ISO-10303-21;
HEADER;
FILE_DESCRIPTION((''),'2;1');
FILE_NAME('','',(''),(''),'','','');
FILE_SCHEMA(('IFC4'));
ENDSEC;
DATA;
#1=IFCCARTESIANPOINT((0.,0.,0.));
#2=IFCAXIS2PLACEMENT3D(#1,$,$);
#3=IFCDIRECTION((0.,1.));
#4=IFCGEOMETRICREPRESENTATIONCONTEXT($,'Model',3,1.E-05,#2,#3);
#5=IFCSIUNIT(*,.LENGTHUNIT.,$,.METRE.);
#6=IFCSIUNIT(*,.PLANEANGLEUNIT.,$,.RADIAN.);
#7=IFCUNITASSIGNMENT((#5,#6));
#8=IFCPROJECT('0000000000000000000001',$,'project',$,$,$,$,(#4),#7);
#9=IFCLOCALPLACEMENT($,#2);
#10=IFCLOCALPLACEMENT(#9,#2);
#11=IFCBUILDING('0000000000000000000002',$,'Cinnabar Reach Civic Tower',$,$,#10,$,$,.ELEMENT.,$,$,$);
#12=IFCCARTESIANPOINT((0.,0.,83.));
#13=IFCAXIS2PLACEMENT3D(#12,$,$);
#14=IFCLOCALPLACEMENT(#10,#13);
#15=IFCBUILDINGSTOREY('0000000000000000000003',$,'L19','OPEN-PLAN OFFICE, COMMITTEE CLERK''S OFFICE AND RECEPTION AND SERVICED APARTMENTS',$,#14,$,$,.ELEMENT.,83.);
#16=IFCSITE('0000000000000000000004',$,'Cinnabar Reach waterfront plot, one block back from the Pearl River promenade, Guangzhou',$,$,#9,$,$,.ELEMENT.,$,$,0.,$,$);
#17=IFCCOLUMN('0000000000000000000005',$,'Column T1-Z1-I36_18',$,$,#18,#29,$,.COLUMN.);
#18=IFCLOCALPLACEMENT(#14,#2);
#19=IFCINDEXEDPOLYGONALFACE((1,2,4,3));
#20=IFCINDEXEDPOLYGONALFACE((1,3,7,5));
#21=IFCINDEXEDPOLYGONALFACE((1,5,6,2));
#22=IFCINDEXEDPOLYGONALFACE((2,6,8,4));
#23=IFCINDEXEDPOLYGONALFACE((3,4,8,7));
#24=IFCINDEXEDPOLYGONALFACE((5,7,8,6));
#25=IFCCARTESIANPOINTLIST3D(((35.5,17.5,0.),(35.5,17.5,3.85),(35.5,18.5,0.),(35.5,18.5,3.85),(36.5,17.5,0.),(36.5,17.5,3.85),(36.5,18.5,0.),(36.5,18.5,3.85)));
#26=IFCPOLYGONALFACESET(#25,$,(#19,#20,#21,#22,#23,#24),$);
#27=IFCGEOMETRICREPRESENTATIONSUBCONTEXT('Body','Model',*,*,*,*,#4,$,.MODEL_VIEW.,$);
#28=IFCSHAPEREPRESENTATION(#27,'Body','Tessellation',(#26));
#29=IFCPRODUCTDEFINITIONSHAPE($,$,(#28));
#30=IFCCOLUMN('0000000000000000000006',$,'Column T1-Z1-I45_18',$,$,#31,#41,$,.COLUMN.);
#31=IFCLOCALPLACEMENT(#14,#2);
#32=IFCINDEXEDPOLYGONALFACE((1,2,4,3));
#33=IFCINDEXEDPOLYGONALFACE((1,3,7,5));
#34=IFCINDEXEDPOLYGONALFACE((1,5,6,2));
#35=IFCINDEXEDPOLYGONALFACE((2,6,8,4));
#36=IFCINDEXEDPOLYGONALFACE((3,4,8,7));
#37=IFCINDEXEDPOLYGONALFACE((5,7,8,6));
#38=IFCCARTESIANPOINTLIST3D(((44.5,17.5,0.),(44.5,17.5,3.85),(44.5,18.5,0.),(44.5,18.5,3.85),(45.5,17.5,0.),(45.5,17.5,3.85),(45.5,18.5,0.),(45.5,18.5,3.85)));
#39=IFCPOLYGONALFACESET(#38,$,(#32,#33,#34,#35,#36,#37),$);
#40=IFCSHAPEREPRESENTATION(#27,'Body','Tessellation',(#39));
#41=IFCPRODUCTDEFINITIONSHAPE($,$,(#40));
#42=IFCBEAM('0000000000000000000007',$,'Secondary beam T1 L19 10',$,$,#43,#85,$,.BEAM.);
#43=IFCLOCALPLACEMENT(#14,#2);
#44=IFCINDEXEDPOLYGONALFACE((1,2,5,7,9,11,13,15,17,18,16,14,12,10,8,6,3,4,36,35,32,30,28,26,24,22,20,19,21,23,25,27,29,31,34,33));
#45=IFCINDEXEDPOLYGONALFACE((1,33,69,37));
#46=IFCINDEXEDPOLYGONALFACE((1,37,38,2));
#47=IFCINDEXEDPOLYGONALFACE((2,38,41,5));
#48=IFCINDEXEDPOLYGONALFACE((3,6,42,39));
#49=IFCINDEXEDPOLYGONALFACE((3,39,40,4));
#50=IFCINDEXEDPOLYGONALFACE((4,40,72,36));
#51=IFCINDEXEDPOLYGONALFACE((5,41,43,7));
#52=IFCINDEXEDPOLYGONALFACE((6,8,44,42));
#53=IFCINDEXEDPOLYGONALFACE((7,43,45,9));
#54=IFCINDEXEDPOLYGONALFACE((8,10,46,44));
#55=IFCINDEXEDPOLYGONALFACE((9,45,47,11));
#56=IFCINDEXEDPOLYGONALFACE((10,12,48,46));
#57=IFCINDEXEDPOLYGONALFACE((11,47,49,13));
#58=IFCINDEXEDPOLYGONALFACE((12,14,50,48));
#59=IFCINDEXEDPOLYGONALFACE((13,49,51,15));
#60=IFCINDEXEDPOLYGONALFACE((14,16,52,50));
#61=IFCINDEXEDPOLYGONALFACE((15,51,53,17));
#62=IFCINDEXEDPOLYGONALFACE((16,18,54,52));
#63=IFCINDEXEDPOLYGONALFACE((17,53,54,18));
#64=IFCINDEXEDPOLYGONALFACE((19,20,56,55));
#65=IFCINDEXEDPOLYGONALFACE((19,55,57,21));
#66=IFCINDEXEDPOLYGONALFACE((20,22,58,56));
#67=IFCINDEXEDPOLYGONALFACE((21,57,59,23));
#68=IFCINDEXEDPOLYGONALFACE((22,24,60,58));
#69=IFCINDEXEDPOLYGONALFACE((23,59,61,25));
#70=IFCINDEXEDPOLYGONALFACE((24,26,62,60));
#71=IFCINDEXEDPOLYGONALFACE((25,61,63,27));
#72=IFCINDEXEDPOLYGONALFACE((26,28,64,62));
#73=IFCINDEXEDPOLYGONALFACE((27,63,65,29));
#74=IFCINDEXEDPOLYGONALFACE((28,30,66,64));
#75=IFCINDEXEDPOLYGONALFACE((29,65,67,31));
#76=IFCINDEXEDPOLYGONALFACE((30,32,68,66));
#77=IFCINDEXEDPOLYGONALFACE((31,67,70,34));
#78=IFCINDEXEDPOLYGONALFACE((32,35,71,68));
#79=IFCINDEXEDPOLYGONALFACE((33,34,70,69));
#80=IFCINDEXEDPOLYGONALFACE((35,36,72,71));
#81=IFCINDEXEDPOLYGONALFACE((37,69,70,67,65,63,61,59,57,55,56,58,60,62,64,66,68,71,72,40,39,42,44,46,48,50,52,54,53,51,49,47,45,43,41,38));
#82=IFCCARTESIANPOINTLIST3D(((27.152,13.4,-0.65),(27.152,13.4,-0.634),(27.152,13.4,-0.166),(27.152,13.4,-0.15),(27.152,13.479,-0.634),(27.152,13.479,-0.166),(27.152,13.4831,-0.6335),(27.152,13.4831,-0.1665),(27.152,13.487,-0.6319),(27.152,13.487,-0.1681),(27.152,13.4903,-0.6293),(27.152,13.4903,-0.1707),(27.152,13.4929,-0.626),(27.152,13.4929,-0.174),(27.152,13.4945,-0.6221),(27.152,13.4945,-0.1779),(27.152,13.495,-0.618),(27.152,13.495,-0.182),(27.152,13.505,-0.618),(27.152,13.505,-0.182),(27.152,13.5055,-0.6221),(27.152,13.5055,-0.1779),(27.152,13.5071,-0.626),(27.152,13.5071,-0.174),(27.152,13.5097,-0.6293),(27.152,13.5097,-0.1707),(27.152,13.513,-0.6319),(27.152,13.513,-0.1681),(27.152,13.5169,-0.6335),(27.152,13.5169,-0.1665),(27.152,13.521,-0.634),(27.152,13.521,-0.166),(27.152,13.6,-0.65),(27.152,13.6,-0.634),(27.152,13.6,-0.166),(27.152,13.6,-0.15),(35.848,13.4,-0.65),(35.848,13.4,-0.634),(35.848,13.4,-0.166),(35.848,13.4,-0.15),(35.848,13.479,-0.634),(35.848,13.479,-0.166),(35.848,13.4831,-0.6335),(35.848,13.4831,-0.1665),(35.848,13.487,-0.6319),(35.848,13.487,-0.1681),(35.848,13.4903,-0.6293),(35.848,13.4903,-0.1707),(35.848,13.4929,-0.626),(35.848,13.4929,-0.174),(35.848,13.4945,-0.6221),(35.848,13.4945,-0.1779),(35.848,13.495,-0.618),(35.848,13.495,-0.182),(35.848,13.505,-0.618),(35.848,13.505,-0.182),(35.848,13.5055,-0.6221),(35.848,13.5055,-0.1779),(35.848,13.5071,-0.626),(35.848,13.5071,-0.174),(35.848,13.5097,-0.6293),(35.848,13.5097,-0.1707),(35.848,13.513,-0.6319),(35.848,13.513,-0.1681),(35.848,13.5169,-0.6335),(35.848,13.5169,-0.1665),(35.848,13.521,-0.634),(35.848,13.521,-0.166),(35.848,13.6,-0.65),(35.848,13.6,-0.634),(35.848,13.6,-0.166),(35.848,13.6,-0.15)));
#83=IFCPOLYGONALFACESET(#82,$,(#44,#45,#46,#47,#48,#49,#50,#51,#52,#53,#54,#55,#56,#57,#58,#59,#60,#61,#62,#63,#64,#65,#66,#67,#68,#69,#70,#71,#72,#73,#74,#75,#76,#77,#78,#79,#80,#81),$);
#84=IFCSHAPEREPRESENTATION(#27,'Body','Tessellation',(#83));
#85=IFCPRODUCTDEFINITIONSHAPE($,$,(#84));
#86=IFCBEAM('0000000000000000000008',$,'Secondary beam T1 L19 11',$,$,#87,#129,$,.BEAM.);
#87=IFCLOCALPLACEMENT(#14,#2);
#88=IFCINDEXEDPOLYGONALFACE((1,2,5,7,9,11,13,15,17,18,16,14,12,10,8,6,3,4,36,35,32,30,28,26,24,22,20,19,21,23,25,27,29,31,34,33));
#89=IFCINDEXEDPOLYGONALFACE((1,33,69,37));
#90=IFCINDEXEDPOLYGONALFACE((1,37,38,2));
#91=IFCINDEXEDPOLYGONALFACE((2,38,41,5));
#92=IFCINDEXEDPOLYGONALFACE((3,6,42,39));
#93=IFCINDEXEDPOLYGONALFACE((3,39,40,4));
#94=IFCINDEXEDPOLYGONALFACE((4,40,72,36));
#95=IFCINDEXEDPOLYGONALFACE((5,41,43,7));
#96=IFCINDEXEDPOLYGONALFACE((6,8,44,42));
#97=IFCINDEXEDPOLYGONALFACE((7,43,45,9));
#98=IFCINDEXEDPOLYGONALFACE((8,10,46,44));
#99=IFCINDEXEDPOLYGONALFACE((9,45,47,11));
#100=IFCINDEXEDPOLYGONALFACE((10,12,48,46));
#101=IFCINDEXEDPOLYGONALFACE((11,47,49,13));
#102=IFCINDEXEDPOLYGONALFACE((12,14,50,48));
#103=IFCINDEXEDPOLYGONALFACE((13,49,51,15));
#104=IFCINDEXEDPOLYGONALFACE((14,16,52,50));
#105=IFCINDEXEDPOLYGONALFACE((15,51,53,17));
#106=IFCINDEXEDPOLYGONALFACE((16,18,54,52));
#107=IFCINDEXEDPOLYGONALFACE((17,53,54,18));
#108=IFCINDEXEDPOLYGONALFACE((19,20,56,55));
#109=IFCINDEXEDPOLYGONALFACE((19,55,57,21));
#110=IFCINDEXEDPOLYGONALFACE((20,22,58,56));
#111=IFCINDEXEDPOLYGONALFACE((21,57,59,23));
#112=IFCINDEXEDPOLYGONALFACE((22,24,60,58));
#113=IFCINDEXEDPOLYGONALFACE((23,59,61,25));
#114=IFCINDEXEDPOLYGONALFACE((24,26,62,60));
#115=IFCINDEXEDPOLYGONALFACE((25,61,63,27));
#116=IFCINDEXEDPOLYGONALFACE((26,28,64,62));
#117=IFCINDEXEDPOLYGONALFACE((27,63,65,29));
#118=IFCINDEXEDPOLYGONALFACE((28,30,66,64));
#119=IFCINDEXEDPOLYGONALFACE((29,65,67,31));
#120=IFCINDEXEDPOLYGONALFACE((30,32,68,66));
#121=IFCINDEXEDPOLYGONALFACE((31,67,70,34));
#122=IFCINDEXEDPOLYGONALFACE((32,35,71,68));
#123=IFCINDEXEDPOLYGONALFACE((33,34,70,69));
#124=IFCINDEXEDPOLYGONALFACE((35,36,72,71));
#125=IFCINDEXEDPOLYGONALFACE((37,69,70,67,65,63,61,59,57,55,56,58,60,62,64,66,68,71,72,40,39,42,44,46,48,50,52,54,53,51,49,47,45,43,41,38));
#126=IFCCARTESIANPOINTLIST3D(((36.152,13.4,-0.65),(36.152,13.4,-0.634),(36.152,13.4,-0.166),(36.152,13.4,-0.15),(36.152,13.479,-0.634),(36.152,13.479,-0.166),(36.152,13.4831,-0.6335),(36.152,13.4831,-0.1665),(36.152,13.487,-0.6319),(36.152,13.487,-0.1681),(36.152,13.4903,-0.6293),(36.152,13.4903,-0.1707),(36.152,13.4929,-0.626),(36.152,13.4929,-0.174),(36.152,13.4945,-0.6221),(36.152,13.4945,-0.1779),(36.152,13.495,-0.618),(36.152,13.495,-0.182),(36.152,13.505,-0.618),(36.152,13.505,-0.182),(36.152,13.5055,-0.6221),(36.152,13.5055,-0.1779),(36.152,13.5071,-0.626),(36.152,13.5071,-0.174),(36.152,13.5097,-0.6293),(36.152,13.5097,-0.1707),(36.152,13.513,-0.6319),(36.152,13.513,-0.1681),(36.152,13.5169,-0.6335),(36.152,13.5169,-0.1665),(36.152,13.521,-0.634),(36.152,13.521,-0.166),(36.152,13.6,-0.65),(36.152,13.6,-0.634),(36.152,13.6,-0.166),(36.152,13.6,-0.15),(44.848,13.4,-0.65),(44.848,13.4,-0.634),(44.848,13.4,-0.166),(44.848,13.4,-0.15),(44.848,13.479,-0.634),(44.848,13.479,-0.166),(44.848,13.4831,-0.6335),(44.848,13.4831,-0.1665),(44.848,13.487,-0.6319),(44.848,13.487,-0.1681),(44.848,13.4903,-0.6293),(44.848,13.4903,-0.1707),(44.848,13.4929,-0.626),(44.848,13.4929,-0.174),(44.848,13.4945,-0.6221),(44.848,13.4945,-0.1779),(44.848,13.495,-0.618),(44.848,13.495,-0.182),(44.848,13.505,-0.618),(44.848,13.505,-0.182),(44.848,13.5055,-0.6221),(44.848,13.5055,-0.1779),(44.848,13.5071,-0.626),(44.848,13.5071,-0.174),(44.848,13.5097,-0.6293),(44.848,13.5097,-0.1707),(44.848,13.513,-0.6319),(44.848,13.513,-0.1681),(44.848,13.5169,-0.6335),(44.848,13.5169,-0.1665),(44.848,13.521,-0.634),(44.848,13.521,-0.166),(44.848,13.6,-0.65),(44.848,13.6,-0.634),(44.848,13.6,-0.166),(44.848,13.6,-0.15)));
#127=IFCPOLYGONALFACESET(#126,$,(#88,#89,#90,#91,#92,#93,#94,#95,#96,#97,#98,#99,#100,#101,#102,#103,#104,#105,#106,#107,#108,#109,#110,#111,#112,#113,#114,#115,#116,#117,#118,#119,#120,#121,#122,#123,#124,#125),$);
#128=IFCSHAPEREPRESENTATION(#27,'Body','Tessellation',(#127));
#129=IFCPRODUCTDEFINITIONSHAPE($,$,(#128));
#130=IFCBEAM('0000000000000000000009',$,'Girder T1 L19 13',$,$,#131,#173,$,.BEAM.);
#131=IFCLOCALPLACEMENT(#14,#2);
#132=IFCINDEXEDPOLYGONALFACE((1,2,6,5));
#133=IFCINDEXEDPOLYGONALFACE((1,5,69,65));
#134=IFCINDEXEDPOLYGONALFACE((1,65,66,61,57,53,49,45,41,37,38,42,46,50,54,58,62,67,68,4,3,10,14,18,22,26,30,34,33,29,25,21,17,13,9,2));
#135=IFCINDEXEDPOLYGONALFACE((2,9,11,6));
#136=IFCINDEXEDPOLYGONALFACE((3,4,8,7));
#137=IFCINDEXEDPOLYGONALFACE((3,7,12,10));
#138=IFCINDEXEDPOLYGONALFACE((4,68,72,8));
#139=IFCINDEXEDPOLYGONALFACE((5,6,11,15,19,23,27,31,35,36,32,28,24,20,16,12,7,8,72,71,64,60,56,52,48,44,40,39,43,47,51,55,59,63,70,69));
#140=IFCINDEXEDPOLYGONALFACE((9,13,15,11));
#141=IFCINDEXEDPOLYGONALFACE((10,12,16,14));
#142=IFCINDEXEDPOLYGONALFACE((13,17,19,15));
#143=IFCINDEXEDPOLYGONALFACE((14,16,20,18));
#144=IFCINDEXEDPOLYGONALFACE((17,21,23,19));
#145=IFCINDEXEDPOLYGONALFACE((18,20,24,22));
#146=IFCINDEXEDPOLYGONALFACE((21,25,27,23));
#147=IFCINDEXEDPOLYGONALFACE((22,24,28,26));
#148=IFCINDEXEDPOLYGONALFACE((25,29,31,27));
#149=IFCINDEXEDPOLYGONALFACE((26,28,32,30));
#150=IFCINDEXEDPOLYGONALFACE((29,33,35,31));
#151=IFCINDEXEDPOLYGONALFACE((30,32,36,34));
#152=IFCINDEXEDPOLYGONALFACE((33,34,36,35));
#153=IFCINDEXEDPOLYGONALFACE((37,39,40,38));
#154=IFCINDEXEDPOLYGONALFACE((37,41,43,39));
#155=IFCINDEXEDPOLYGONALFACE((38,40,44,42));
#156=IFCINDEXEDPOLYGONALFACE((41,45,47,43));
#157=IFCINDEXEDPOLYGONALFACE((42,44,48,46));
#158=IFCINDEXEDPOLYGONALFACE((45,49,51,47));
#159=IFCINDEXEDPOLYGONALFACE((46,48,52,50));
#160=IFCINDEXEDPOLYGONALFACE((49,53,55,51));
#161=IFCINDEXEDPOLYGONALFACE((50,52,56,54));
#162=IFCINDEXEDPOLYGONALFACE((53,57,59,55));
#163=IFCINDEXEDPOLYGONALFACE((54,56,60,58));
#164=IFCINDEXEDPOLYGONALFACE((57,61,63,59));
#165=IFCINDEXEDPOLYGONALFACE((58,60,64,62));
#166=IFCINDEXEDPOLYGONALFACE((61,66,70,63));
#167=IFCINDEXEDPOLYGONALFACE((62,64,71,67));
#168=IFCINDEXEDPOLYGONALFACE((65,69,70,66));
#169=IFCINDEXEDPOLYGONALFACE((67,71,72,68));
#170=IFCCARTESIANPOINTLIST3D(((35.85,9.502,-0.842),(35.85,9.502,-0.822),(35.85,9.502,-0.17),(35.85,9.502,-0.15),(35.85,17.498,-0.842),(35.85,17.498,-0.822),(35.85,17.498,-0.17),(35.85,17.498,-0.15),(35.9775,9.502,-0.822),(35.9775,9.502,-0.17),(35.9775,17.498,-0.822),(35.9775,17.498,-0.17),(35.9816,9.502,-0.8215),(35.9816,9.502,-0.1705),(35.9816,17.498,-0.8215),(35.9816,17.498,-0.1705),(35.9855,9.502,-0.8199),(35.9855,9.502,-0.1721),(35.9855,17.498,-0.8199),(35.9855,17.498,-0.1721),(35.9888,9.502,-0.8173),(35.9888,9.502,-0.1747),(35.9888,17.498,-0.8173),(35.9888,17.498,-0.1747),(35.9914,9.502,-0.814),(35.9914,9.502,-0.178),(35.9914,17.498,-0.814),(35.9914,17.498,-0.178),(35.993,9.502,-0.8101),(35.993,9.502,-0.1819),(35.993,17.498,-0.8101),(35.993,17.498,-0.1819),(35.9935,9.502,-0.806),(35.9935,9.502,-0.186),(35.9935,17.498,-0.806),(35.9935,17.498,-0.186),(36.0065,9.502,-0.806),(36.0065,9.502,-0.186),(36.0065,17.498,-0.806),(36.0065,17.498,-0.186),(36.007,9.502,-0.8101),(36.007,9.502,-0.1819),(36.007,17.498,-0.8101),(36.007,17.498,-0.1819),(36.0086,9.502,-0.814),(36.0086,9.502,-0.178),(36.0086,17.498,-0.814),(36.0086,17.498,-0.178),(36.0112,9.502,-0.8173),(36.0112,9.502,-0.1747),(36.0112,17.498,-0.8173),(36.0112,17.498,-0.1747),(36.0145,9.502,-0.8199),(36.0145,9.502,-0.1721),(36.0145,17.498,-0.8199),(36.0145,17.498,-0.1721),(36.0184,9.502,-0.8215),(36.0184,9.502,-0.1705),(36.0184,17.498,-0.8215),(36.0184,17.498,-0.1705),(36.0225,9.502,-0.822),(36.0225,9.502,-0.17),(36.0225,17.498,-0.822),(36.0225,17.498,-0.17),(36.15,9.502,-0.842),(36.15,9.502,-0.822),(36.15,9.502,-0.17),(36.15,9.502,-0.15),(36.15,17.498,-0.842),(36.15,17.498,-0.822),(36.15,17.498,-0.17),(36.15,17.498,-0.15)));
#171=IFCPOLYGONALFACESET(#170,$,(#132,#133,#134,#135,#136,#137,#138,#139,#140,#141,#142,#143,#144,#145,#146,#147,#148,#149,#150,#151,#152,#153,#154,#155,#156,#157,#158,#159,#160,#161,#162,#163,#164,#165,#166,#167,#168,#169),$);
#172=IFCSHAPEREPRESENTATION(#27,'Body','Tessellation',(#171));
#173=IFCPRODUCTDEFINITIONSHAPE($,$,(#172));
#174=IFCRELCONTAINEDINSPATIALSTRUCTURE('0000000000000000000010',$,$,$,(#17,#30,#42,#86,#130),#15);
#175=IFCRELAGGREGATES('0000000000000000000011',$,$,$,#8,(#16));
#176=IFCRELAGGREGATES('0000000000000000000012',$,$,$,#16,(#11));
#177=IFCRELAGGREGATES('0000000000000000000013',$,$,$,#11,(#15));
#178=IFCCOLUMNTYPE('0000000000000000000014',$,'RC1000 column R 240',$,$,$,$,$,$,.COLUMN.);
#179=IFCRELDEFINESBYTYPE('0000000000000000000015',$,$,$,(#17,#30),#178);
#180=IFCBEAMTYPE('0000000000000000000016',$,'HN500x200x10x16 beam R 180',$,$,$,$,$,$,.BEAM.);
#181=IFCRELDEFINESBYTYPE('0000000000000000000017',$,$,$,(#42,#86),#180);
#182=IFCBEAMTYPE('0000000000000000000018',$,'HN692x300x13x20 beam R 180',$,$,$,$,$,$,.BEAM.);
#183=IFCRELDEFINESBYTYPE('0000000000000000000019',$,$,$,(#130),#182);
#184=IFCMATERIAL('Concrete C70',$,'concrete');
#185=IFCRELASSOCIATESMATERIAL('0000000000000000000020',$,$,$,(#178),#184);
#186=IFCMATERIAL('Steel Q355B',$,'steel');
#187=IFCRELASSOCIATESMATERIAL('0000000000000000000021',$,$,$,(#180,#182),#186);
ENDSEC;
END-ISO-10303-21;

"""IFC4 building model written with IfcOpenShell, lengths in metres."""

from ifc_helpers import new_model, si_unit, direction, frame, origin, origin_2d, place, context, subcontext, project, spatial, rectangle, i_section, extrude, material, material_profile, profile_set, type_object, element, save


model = new_model("IFC4")

# Units and contexts
model_context = context("Model", 3, precision=1e-05, world=origin(), true_north=direction((0.0, 1.0)))
body_context = subcontext(model_context, "Body", "Model", "MODEL_VIEW")
ifc_project = project(units=[si_unit("LENGTHUNIT", "METRE"), si_unit("PLANEANGLEUNIT", "RADIAN")], contexts=[model_context])

# Site, building, storey
site_placement = place(None, origin())
site = spatial("IfcSite", under=ifc_project, at=site_placement, Name="Cinnabar Reach waterfront plot, one block back from the Pearl River promenade, Guangzhou", CompositionType="ELEMENT", RefElevation=0.0)
building_placement = place(site_placement, origin())
building = spatial("IfcBuilding", under=site, at=building_placement, Name="Cinnabar Reach Civic Tower", CompositionType="ELEMENT")
storey_placement = place(building_placement, frame((0.0, 0.0, 83.0)))
storey = spatial("IfcBuildingStorey", under=building, at=storey_placement, Name="L19", Description="OPEN-PLAN OFFICE, COMMITTEE CLERK'S OFFICE AND RECEPTION AND SERVICED APARTMENTS", CompositionType="ELEMENT", Elevation=83.0)

# Columns
ifc_material_1 = material(Name="Concrete C70", Category="concrete")
ifc_material_profile_1 = material_profile(ifc_material_1, rectangle(XDim=1.0, YDim=1.0, at=origin_2d()), Name="RC1000")
ifc_profile_set_1 = profile_set([ifc_material_profile_1], Name="Concrete C70")
column_type = type_object("IfcColumnType", Name="RC1000 column R 240", PredefinedType="COLUMN", material=ifc_profile_set_1)
for number, where, z_axis, x_axis, name in (
    (1, (36.0, 18.0, 0.0), (0.0, 0.0, 1.0), (1.0, 0.0, 0.0), "Column T1-Z1-I36_18"),
    (2, (45.0, 18.0, 0.0), (0.0, 0.0, 1.0), (1.0, 0.0, 0.0), "Column T1-Z1-I45_18"),
):
    element("IfcColumn", number, at=place(storey_placement, frame(where, z_axis=z_axis, x_axis=x_axis)), inside=storey, type_object=column_type, Name=name, PredefinedType="COLUMN", context=body_context, shape_type="SweptSolid", body=[
        extrude(rectangle(XDim=1.0, YDim=1.0, at=origin_2d()), origin(), (0.0, 0.0, 1.0), 3.85),
    ])

# Beams
ifc_material_2 = material(Name="Steel Q355B", Category="steel")
ifc_material_profile_2 = material_profile(ifc_material_2, i_section(OverallWidth=0.2, OverallDepth=0.5, WebThickness=0.01, FlangeThickness=0.016, FilletRadius=0.016, at=origin_2d()), Name="HN500x200x10x16")
ifc_profile_set_2 = profile_set([ifc_material_profile_2], Name="Steel Q355B")
beam_type_1 = type_object("IfcBeamType", Name="HN500x200x10x16 beam R 180", PredefinedType="BEAM", material=ifc_profile_set_2)
for number, where, z_axis, x_axis, name in (
    (3, (27.152, 13.5, -0.4), (1.0, 0.0, 0.0), (0.0, 1.0, 0.0), "Secondary beam T1 L19 10"),
    (4, (36.152, 13.5, -0.4), (1.0, 0.0, 0.0), (0.0, 1.0, 0.0), "Secondary beam T1 L19 11"),
):
    element("IfcBeam", number, at=place(storey_placement, frame(where, z_axis=z_axis, x_axis=x_axis)), inside=storey, type_object=beam_type_1, Name=name, PredefinedType="BEAM", context=body_context, shape_type="SweptSolid", body=[
        extrude(i_section(OverallWidth=0.2, OverallDepth=0.5, WebThickness=0.01, FlangeThickness=0.016, FilletRadius=0.016, at=origin_2d()), origin(), (0.0, 0.0, 1.0), 8.696),
    ])
ifc_material_profile_3 = material_profile(ifc_material_2, i_section(OverallWidth=0.3, OverallDepth=0.692, WebThickness=0.013, FlangeThickness=0.02, FilletRadius=0.016, at=origin_2d()), Name="HN692x300x13x20")
ifc_profile_set_3 = profile_set([ifc_material_profile_3], Name="Steel Q355B")
beam_type_2 = type_object("IfcBeamType", Name="HN692x300x13x20 beam R 180", PredefinedType="BEAM", material=ifc_profile_set_3)
for number, where, z_axis, x_axis, name in (
    (5, (36.0, 9.502, -0.496), (0.0, 1.0, 0.0), (-1.0, 0.0, 0.0), "Girder T1 L19 13"),
):
    element("IfcBeam", number, at=place(storey_placement, frame(where, z_axis=z_axis, x_axis=x_axis)), inside=storey, type_object=beam_type_2, Name=name, PredefinedType="BEAM", context=body_context, shape_type="SweptSolid", body=[
        extrude(i_section(OverallWidth=0.3, OverallDepth=0.692, WebThickness=0.013, FlangeThickness=0.02, FilletRadius=0.016, at=origin_2d()), origin(), (0.0, 0.0, 1.0), 7.996),
    ])

save(model, "model.ifc")
